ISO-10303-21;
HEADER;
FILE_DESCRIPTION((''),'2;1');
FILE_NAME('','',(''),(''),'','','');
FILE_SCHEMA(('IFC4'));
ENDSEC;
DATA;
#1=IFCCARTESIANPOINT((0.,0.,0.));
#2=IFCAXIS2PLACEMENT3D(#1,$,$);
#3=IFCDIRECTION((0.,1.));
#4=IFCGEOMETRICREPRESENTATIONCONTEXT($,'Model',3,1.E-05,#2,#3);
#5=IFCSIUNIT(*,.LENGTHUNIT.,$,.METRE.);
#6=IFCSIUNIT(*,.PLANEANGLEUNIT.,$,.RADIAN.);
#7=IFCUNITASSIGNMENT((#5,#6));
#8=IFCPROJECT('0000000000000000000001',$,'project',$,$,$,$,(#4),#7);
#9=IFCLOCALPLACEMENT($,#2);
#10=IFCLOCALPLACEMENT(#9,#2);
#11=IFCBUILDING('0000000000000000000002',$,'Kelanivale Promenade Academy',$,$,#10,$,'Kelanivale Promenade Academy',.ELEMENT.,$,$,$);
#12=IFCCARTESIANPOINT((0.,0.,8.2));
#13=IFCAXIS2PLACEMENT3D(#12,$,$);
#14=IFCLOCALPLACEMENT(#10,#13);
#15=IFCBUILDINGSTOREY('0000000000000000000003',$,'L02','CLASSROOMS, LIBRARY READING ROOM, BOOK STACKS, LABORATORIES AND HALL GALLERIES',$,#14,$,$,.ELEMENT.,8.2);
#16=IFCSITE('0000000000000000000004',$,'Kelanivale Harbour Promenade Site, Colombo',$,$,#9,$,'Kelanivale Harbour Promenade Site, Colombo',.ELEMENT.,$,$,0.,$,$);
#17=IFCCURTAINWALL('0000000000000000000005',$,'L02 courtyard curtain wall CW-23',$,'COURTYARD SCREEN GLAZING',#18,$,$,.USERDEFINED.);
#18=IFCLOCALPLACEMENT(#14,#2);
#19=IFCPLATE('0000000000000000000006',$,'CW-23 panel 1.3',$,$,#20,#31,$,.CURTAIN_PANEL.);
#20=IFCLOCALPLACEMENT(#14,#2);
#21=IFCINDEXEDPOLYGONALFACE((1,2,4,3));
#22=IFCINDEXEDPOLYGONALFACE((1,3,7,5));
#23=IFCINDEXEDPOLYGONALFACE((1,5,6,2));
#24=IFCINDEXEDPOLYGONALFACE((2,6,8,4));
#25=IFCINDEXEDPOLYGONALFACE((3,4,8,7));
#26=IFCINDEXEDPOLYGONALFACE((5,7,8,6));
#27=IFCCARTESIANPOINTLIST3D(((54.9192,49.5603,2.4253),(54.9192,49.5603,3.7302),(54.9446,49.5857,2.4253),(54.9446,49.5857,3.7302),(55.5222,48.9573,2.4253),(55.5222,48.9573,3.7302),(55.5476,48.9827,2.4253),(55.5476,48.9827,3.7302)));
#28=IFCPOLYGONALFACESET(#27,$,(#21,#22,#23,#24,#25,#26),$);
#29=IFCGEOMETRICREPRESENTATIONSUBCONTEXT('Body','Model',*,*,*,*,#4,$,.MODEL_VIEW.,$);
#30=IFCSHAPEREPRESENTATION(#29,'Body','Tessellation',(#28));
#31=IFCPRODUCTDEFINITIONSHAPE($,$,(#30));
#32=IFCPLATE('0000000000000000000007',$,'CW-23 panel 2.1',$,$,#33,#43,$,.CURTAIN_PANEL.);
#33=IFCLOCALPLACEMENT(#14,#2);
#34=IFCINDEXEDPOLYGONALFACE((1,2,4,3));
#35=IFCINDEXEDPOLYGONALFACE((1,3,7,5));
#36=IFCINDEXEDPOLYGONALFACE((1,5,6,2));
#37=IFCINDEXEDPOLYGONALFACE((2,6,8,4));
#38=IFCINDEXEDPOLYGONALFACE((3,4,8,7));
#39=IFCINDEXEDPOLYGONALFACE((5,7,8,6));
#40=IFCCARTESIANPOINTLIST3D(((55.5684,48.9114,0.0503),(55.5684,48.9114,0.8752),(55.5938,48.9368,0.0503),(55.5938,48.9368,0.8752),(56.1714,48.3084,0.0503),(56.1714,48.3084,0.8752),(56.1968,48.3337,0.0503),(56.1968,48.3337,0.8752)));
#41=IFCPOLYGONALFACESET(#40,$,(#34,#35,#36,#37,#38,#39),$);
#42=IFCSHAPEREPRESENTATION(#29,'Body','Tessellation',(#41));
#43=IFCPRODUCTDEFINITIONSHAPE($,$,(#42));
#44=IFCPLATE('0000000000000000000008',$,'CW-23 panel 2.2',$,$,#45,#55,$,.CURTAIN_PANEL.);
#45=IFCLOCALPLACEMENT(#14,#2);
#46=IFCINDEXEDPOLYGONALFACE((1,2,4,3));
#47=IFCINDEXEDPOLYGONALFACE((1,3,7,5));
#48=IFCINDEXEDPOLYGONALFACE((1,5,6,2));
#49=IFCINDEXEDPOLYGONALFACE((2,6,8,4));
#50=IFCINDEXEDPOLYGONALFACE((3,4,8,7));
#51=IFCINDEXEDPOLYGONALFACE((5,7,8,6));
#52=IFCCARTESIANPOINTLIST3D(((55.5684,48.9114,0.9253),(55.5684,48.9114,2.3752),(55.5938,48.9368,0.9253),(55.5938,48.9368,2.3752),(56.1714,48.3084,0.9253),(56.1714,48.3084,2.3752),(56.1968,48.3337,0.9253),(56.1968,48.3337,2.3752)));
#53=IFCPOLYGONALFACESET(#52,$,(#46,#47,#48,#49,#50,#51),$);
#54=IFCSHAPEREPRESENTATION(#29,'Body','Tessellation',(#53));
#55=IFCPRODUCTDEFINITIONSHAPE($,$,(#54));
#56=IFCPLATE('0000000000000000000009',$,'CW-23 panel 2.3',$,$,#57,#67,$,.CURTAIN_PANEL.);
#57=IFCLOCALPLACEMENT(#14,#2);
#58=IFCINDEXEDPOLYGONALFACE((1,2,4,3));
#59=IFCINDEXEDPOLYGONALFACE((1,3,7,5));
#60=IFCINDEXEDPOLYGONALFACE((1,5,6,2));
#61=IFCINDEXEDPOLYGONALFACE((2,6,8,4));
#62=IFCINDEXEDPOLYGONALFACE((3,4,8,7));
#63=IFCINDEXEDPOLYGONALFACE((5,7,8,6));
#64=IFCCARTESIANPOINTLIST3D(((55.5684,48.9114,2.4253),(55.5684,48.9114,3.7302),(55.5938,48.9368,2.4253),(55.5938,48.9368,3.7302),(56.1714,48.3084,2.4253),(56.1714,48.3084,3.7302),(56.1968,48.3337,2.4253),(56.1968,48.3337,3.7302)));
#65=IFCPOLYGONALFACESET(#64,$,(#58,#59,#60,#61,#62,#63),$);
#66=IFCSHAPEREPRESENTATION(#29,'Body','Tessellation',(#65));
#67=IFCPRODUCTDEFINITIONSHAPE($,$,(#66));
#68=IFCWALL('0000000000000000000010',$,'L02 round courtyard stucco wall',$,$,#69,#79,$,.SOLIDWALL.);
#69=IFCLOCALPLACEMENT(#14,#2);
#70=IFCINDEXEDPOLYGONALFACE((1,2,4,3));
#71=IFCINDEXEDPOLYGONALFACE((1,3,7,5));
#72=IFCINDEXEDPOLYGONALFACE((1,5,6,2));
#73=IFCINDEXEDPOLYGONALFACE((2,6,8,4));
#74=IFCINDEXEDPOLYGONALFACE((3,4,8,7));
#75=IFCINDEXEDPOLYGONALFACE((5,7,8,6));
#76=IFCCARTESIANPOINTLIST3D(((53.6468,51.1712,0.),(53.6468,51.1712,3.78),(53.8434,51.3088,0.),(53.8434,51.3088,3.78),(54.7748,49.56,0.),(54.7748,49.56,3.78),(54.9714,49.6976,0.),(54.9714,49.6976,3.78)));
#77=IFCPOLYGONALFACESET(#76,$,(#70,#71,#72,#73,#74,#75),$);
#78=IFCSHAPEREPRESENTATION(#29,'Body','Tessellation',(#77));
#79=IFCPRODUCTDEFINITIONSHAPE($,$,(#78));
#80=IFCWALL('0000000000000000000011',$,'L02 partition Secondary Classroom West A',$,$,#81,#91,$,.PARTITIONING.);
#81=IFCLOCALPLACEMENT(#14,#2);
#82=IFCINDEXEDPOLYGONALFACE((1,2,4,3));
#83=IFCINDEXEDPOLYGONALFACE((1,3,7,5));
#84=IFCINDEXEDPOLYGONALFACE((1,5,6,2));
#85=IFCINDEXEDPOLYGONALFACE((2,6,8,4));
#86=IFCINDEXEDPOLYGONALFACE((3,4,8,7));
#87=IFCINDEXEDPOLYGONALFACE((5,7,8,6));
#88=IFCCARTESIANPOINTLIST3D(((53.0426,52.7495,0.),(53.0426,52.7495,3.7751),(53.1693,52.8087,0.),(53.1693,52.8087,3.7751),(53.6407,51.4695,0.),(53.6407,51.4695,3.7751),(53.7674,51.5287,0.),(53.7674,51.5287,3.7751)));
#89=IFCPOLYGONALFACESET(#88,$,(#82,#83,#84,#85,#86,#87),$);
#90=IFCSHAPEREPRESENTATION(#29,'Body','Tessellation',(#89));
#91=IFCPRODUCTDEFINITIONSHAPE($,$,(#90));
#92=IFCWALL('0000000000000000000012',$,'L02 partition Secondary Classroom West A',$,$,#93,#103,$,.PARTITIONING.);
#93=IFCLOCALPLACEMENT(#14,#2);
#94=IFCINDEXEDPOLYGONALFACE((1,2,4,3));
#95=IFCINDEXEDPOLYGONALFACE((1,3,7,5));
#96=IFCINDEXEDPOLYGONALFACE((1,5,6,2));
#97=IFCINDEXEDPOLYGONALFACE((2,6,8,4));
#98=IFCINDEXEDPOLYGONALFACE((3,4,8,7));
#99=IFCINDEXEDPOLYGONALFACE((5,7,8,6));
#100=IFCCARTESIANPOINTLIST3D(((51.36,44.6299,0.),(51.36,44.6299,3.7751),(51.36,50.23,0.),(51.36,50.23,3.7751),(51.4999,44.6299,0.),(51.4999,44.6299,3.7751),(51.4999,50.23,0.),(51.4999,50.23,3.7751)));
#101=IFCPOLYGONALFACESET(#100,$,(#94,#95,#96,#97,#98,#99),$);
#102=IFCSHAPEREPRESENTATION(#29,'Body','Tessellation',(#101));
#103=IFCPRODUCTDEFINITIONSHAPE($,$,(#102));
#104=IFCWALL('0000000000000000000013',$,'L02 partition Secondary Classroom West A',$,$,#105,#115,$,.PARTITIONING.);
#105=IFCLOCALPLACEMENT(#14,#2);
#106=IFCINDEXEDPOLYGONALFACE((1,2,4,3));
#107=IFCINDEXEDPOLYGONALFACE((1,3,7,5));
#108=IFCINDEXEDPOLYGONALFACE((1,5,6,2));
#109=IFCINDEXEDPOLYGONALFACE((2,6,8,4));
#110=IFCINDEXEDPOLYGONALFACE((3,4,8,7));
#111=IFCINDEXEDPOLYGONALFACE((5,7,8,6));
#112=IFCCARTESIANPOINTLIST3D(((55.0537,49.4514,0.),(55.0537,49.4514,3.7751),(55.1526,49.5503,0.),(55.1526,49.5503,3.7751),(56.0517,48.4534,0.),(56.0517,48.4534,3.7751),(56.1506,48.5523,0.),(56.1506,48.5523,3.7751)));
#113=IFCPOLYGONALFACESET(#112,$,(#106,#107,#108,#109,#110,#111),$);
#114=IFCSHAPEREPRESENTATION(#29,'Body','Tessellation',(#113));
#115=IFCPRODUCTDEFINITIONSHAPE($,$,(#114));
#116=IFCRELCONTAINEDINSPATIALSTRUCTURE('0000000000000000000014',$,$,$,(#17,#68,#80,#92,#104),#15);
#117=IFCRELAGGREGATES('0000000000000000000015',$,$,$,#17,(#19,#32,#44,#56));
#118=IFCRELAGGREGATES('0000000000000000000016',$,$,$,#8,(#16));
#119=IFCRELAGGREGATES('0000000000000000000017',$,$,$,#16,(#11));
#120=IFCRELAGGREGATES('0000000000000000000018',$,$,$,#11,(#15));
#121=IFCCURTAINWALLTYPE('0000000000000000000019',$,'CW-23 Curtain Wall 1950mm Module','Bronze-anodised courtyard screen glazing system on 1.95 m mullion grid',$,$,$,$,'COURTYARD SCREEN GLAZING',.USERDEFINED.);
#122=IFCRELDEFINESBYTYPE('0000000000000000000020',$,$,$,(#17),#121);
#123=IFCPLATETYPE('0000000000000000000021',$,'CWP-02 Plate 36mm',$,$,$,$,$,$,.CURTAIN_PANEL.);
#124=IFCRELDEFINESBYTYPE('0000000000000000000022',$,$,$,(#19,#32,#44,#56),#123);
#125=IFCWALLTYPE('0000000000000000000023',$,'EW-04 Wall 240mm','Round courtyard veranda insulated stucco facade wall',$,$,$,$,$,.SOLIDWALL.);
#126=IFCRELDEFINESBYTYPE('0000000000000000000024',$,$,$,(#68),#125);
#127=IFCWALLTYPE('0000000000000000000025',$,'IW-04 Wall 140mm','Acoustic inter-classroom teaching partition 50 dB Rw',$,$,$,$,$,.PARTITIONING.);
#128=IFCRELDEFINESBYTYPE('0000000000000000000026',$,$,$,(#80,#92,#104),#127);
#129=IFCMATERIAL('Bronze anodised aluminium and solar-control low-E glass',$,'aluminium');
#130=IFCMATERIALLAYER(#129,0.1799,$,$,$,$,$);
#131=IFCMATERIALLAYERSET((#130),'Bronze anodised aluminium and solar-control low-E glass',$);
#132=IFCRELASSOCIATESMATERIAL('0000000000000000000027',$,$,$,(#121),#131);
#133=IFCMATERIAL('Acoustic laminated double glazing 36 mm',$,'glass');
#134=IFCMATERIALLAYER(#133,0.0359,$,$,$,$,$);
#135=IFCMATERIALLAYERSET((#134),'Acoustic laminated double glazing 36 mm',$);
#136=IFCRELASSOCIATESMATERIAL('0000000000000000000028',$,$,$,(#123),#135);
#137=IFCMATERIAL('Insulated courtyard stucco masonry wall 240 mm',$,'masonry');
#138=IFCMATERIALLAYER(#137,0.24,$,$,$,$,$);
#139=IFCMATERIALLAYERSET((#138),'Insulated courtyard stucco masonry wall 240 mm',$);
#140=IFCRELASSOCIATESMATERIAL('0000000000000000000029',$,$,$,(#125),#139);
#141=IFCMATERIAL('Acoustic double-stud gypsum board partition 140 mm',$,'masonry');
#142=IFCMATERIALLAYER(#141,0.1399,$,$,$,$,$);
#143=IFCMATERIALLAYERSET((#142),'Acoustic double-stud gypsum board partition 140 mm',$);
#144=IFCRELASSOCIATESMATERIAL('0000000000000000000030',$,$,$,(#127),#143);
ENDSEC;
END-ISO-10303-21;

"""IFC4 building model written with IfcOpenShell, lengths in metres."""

from ifc_helpers import new_model, si_unit, direction, frame, frame_2d, origin, origin_2d, place, context, subcontext, project, spatial, rectangle, extrude, material, layer, layer_set, type_object, element, aggregate, save


model = new_model("IFC4")

# Units and contexts
model_context = context("Model", 3, precision=1e-05, world=origin(), true_north=direction((0.0, 1.0)))
body_context = subcontext(model_context, "Body", "Model", "MODEL_VIEW")
ifc_project = project(units=[si_unit("LENGTHUNIT", "METRE"), si_unit("PLANEANGLEUNIT", "RADIAN")], contexts=[model_context])

# Site, building, storey
site_placement = place(None, origin())
site = spatial("IfcSite", under=ifc_project, at=site_placement, Name="Kelanivale Harbour Promenade Site, Colombo", LongName="Kelanivale Harbour Promenade Site, Colombo", CompositionType="ELEMENT", RefElevation=0.0)
building_placement = place(site_placement, origin())
building = spatial("IfcBuilding", under=site, at=building_placement, Name="Kelanivale Promenade Academy", LongName="Kelanivale Promenade Academy", CompositionType="ELEMENT")
storey_placement = place(building_placement, frame((0.0, 0.0, 8.2)))
storey = spatial("IfcBuildingStorey", under=building, at=storey_placement, Name="L02", Description="CLASSROOMS, LIBRARY READING ROOM, BOOK STACKS, LABORATORIES AND HALL GALLERIES", CompositionType="ELEMENT", Elevation=8.2)

# Shared definitions
ifc_material_1 = material(Name="Bronze anodised aluminium and solar-control low-E glass", Category="aluminium")

# Curtain wall
ifc_layer_1 = layer(ifc_material_1, 0.1799)
ifc_layer_set_1 = layer_set([ifc_layer_1], Name="Bronze anodised aluminium and solar-control low-E glass")
curtain_wall_type_1 = type_object("IfcCurtainWallType", Name="CW-23 Curtain Wall 1950mm Module", Description="Bronze-anodised courtyard screen glazing system on 1.95 m mullion grid", ElementType="COURTYARD SCREEN GLAZING", PredefinedType="USERDEFINED", material=ifc_layer_set_1)
curtain_wall_1_placement = place(storey_placement, origin())
curtain_wall_1 = element("IfcCurtainWall", 1, at=curtain_wall_1_placement, inside=storey, type_object=curtain_wall_type_1, Name="L02 courtyard curtain wall CW-23", ObjectType="COURTYARD SCREEN GLAZING", PredefinedType="USERDEFINED")

# Plates
ifc_material_2 = material(Name="Acoustic laminated double glazing 36 mm", Category="glass")
ifc_layer_2 = layer(ifc_material_2, 0.0359)
ifc_layer_set_2 = layer_set([ifc_layer_2], Name="Acoustic laminated double glazing 36 mm")
plate_type_1 = type_object("IfcPlateType", Name="CWP-02 Plate 36mm", PredefinedType="CURTAIN_PANEL", material=ifc_layer_set_2)
plate_1_placement = place(storey_placement, frame((55.2334, 49.2715, 2.4253), z_axis=(0.0, 0.0, 1.0), x_axis=(0.707107, -0.707107, 0.0)))
plate_1 = element("IfcPlate", 2, at=plate_1_placement, type_object=plate_type_1, Name="CW-23 panel 1.3", PredefinedType="CURTAIN_PANEL", context=body_context, shape_type="SweptSolid", body=[
    extrude(rectangle(XDim=0.8528, YDim=0.0359, at=origin_2d()), origin(), (0.0, 0.0, 1.0), 1.3049),
])
plate_2_placement = place(storey_placement, frame((55.8826, 48.6226, 0.0503), z_axis=(0.0, 0.0, 1.0), x_axis=(0.707107, -0.707107, 0.0)))
plate_2 = element("IfcPlate", 3, at=plate_2_placement, type_object=plate_type_1, Name="CW-23 panel 2.1", PredefinedType="CURTAIN_PANEL", context=body_context, shape_type="SweptSolid", body=[
    extrude(rectangle(XDim=0.8528, YDim=0.0359, at=origin_2d()), origin(), (0.0, 0.0, 1.0), 0.825),
])
plate_3_placement = place(storey_placement, frame((55.8826, 48.6226, 0.9253), z_axis=(0.0, 0.0, 1.0), x_axis=(0.707107, -0.707107, 0.0)))
plate_3 = element("IfcPlate", 4, at=plate_3_placement, type_object=plate_type_1, Name="CW-23 panel 2.2", PredefinedType="CURTAIN_PANEL", context=body_context, shape_type="SweptSolid", body=[
    extrude(rectangle(XDim=0.8528, YDim=0.0359, at=origin_2d()), origin(), (0.0, 0.0, 1.0), 1.45),
])
plate_4_placement = place(storey_placement, frame((55.8826, 48.6226, 2.4253), z_axis=(0.0, 0.0, 1.0), x_axis=(0.707107, -0.707107, 0.0)))
plate_4 = element("IfcPlate", 5, at=plate_4_placement, type_object=plate_type_1, Name="CW-23 panel 2.3", PredefinedType="CURTAIN_PANEL", context=body_context, shape_type="SweptSolid", body=[
    extrude(rectangle(XDim=0.8528, YDim=0.0359, at=origin_2d()), origin(), (0.0, 0.0, 1.0), 1.3049),
])
aggregate(curtain_wall_1, [plate_1, plate_2, plate_3, plate_4])

# Walls
ifc_material_3 = material(Name="Insulated courtyard stucco masonry wall 240 mm", Category="masonry")
ifc_layer_3 = layer(ifc_material_3, 0.24)
ifc_layer_set_3 = layer_set([ifc_layer_3], Name="Insulated courtyard stucco masonry wall 240 mm")
wall_type_1 = type_object("IfcWallType", Name="EW-04 Wall 240mm", Description="Round courtyard veranda insulated stucco facade wall", PredefinedType="SOLIDWALL", material=ifc_layer_set_3)
wall_1_placement = place(storey_placement, frame((53.7451, 51.24, 0.0), z_axis=(0.0, 0.0, 1.0), x_axis=(0.573521, -0.819191, 0.0)))
element("IfcWall", 6, at=wall_1_placement, inside=storey, type_object=wall_type_1, Name="L02 round courtyard stucco wall", PredefinedType="SOLIDWALL", context=body_context, shape_type="SweptSolid", body=[
    extrude(rectangle(XDim=1.9668, YDim=0.24, at=frame_2d((0.9834, 0.0))), origin(), (0.0, 0.0, 1.0), 3.78),
])
ifc_material_4 = material(Name="Acoustic double-stud gypsum board partition 140 mm", Category="masonry")
ifc_layer_4 = layer(ifc_material_4, 0.1399)
ifc_layer_set_4 = layer_set([ifc_layer_4], Name="Acoustic double-stud gypsum board partition 140 mm")
wall_type_2 = type_object("IfcWallType", Name="IW-04 Wall 140mm", Description="Acoustic inter-classroom teaching partition 50 dB Rw", PredefinedType="PARTITIONING", material=ifc_layer_set_4)
wall_2_placement = place(storey_placement, frame((53.7041, 51.499, 0.0), z_axis=(0.0, 0.0, 1.0), x_axis=(-0.423349, 0.905967, 0.0)))
element("IfcWall", 7, at=wall_2_placement, inside=storey, type_object=wall_type_2, Name="L02 partition Secondary Classroom West A", PredefinedType="PARTITIONING", context=body_context, shape_type="SweptSolid", body=[
    extrude(rectangle(XDim=1.4128, YDim=0.1399, at=frame_2d((0.7065, 0.0))), origin(), (0.0, 0.0, 1.0), 3.7751),
])
wall_3_placement = place(storey_placement, frame((51.4299, 50.23, 0.0), z_axis=(0.0, 0.0, 1.0), x_axis=(0.0, -1.0, 0.0)))
element("IfcWall", 8, at=wall_3_placement, inside=storey, type_object=wall_type_2, Name="L02 partition Secondary Classroom West A", PredefinedType="PARTITIONING", context=body_context, shape_type="SweptSolid", body=[
    extrude(rectangle(XDim=5.6001, YDim=0.1399, at=frame_2d((2.8, 0.0))), origin(), (0.0, 0.0, 1.0), 3.7751),
])
wall_4_placement = place(storey_placement, frame((56.1011, 48.5029, 0.0), z_axis=(0.0, 0.0, 1.0), x_axis=(-0.707107, 0.707107, 0.0)))
element("IfcWall", 9, at=wall_4_placement, inside=storey, type_object=wall_type_2, Name="L02 partition Secondary Classroom West A", PredefinedType="PARTITIONING", context=body_context, shape_type="SweptSolid", body=[
    extrude(rectangle(XDim=1.4114, YDim=0.1399, at=frame_2d((0.7056, 0.0))), origin(), (0.0, 0.0, 1.0), 3.7751),
])

save(model, "model.ifc")
